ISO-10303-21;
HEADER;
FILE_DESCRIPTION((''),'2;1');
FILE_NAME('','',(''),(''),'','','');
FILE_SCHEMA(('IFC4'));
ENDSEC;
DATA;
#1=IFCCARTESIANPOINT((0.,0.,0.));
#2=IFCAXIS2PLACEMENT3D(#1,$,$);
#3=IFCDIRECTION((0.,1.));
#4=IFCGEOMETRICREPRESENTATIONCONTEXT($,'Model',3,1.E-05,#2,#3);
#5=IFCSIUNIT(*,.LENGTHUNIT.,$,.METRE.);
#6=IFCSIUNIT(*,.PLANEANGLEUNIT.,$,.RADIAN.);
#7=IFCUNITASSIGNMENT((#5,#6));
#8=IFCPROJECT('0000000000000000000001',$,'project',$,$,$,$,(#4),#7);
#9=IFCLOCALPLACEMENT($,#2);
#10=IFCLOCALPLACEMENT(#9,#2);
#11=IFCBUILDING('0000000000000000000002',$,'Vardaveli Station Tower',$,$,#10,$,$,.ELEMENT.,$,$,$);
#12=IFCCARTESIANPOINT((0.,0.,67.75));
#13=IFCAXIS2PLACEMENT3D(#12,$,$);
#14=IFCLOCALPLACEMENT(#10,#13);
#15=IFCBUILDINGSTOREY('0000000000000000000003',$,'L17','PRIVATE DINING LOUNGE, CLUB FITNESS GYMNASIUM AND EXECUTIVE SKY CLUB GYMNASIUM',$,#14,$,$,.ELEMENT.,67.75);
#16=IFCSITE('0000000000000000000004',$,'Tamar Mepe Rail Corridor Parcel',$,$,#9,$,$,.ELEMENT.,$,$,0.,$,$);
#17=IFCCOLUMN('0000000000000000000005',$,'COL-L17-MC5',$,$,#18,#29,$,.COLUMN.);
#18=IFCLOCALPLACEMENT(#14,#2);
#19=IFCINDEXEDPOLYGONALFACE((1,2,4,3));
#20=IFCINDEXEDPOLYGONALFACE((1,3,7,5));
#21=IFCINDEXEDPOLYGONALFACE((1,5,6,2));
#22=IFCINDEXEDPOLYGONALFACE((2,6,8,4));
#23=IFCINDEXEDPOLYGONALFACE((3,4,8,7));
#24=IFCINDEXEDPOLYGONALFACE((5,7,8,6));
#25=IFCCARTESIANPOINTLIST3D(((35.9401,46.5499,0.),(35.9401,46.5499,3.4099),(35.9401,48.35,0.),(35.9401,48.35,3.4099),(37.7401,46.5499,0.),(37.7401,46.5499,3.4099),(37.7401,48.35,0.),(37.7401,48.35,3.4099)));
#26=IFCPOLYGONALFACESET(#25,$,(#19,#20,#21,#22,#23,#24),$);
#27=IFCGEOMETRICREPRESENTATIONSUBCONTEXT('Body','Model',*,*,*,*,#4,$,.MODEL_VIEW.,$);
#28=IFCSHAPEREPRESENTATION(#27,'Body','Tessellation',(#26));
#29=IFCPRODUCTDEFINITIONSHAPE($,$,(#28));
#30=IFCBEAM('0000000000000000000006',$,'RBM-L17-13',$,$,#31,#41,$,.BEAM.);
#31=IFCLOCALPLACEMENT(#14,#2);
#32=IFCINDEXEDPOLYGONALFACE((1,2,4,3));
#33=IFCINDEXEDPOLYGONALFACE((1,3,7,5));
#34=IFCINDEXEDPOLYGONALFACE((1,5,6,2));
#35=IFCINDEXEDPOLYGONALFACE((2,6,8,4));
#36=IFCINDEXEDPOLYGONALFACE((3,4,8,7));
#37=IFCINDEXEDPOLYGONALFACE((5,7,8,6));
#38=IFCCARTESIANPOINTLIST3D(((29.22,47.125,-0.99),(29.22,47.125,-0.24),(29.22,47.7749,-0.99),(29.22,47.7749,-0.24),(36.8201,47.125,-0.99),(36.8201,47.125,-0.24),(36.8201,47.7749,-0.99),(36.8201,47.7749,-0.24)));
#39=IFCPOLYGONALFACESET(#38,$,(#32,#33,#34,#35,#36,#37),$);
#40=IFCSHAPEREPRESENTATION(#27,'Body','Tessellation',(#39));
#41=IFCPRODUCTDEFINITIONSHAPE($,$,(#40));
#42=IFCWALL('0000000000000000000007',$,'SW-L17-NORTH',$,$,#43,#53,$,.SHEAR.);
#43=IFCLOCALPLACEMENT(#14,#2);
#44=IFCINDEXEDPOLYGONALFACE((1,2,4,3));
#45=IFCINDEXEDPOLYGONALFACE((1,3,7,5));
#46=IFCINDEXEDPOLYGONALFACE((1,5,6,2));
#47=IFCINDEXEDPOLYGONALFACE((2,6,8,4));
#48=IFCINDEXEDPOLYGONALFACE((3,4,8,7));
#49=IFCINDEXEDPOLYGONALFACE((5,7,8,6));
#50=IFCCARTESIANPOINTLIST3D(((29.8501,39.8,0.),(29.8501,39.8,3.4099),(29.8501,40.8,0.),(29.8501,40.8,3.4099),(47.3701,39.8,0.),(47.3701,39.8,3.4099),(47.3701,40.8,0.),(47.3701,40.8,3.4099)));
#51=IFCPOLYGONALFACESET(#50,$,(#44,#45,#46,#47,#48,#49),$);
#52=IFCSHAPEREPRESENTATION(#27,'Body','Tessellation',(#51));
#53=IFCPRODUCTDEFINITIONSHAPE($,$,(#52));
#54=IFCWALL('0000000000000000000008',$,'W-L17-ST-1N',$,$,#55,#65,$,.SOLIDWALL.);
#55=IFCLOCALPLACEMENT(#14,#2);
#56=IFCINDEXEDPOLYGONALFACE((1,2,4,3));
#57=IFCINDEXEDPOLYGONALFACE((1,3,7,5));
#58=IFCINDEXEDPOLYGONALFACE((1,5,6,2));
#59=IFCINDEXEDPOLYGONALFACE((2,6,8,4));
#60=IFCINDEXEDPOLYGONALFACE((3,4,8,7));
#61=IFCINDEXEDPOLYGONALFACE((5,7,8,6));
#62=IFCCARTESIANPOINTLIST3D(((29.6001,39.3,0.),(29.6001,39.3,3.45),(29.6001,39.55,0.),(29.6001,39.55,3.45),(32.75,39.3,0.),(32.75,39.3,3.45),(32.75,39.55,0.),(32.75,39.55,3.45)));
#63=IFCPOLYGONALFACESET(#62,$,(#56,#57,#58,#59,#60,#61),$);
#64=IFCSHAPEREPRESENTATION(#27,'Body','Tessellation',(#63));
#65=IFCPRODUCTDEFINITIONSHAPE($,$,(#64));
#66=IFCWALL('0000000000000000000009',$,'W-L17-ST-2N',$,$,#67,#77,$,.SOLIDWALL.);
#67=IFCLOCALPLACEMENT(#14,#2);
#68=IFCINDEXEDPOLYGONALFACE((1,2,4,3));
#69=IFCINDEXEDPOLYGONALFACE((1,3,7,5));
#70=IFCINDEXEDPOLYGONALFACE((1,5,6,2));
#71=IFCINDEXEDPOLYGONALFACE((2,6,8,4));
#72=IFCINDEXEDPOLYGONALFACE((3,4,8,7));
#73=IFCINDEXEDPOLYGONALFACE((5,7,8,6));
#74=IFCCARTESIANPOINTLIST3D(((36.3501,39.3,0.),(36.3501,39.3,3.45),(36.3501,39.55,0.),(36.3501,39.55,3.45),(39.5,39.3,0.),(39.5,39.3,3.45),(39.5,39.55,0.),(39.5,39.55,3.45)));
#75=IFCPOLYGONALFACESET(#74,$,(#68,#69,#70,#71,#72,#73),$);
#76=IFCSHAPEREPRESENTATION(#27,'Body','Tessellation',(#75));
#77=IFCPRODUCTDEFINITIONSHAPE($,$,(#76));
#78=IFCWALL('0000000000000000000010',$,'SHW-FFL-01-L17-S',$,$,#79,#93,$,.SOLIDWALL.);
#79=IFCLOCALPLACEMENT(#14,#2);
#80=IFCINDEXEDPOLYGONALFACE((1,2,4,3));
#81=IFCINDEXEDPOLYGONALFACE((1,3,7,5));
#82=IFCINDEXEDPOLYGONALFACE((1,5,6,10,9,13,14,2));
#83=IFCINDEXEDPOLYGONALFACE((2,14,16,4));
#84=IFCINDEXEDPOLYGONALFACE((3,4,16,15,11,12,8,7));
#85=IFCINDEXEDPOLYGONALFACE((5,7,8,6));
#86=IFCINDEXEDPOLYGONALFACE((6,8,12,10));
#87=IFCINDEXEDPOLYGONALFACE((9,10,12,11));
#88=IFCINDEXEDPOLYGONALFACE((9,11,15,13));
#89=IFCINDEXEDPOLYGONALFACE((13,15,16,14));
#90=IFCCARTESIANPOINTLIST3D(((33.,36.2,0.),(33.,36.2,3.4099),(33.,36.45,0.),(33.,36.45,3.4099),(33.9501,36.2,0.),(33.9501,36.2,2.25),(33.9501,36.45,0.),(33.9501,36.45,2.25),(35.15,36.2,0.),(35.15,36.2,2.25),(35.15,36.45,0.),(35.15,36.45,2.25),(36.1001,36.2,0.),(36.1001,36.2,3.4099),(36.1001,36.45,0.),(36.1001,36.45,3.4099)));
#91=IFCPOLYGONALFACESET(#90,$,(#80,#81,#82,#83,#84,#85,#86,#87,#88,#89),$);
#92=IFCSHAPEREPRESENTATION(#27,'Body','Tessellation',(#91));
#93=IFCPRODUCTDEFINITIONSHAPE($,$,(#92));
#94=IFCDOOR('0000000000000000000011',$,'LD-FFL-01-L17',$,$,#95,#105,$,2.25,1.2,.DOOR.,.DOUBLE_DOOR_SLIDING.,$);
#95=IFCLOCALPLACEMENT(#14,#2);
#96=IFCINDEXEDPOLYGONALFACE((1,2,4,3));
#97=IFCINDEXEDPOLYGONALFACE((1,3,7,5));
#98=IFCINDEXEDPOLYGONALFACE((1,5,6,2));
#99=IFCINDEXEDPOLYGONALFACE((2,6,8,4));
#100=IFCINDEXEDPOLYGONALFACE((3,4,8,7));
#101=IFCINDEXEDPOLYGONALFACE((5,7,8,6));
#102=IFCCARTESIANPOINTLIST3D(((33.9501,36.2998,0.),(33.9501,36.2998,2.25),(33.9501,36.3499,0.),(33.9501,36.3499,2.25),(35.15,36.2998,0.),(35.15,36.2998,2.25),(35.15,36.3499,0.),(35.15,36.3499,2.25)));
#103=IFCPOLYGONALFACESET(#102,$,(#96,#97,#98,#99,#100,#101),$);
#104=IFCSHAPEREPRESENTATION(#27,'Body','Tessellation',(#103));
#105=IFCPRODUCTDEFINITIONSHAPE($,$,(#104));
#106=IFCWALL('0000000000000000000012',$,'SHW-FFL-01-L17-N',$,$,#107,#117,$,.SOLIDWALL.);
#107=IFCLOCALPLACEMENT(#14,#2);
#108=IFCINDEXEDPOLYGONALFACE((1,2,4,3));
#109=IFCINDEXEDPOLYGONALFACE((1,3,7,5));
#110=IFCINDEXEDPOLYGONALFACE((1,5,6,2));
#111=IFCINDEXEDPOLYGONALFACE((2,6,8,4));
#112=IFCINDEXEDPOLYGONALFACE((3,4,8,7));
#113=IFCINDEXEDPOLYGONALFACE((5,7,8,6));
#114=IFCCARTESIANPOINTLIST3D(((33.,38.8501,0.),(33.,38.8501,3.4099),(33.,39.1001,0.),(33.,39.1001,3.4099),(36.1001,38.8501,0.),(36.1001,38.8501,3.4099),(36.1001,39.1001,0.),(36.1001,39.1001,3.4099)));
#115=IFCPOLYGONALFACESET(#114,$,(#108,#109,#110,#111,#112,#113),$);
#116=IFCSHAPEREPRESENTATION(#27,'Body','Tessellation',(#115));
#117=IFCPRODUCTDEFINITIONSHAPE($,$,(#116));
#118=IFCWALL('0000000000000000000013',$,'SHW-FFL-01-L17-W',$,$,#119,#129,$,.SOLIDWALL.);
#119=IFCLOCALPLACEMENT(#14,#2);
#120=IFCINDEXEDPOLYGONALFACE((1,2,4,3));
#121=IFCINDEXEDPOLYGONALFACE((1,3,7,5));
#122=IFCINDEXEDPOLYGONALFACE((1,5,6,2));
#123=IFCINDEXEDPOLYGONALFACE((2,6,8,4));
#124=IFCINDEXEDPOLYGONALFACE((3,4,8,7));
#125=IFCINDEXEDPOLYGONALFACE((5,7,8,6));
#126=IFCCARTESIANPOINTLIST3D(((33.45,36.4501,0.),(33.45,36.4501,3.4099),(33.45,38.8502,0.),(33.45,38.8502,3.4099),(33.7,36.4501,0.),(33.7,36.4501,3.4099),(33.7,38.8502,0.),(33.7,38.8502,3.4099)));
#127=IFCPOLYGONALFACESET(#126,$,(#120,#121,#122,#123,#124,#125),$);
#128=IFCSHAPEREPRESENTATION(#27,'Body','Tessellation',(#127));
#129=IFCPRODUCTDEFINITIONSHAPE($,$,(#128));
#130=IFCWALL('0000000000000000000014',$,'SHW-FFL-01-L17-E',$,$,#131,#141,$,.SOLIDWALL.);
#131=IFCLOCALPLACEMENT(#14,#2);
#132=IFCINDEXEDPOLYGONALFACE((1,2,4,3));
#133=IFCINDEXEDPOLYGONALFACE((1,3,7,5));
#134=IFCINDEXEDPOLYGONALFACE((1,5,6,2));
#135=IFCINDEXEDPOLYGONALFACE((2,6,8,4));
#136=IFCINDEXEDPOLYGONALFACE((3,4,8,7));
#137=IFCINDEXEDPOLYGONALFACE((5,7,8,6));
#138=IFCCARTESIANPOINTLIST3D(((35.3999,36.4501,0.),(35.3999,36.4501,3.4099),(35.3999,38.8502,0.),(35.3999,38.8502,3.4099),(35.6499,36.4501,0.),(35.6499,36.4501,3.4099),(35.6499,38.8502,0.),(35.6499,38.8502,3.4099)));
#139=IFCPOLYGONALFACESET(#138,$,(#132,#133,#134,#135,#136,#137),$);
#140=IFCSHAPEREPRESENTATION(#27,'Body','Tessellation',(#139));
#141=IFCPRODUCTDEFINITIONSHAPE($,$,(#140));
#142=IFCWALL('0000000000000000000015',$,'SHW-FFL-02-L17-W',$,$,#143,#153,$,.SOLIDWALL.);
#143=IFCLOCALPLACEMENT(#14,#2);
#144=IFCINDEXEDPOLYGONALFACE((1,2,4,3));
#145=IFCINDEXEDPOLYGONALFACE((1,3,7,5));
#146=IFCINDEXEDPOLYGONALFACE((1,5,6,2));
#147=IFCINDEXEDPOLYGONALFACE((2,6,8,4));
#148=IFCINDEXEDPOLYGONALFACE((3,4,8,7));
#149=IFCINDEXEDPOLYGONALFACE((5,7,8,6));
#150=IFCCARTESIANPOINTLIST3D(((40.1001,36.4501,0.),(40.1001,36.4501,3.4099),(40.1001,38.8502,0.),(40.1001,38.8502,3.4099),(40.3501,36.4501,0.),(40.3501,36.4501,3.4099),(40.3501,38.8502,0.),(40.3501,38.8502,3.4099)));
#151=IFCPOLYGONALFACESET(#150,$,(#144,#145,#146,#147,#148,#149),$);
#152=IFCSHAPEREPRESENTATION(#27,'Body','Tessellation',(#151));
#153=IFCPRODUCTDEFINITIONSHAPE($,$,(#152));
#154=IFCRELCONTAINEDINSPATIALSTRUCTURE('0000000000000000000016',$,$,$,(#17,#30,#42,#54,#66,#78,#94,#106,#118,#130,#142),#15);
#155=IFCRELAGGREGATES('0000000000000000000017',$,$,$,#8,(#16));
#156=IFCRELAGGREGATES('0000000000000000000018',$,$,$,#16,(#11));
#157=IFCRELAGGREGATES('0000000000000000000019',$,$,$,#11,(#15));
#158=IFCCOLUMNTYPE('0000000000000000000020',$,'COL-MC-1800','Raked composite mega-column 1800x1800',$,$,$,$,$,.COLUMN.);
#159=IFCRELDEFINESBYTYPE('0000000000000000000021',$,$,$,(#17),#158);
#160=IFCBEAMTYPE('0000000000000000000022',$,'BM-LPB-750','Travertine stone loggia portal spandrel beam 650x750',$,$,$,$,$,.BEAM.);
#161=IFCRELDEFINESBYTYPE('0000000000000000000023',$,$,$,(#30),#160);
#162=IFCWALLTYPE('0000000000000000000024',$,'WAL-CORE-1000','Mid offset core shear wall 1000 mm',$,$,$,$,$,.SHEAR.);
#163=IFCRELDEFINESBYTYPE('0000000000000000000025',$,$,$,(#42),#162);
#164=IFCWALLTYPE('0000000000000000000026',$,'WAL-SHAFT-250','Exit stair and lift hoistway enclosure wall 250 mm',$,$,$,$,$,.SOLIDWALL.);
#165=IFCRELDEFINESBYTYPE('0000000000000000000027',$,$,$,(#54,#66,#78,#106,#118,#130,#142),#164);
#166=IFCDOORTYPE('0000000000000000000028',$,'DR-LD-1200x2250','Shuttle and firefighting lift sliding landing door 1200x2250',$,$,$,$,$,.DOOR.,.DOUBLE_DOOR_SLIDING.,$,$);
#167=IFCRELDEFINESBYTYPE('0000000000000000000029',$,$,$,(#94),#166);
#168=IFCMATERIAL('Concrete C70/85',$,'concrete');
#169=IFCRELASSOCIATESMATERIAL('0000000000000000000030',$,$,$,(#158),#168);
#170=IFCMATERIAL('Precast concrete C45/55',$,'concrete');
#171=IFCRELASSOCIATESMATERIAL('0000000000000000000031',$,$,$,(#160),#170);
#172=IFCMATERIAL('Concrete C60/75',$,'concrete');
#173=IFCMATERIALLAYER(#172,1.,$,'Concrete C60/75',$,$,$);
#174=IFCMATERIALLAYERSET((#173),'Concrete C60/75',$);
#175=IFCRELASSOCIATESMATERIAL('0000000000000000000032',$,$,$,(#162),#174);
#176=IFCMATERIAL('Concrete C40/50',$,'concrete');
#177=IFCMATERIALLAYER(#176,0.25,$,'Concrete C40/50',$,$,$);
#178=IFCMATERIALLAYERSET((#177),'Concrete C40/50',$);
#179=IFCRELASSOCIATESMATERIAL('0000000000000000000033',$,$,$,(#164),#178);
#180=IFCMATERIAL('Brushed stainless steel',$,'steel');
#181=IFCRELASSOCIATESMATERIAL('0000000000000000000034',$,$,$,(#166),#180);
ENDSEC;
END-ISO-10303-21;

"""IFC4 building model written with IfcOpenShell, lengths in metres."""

from ifc_helpers import new_model, si_unit, direction, frame, frame_2d, origin, origin_2d, place, context, subcontext, project, spatial, rectangle, extrude, source, transform, mapped, material, layer, layer_set, material_profile, profile_set, type_object, element, fill, save


model = new_model("IFC4")

# Units and contexts
model_context = context("Model", 3, precision=1e-05, world=origin(), true_north=direction((0.0, 1.0)))
body_context = subcontext(model_context, "Body", "Model", "MODEL_VIEW")
ifc_project = project(units=[si_unit("LENGTHUNIT", "METRE"), si_unit("PLANEANGLEUNIT", "RADIAN")], contexts=[model_context])

# Site, building, storey
site_placement = place(None, origin())
site = spatial("IfcSite", under=ifc_project, at=site_placement, Name="Tamar Mepe Rail Corridor Parcel", CompositionType="ELEMENT", RefElevation=0.0)
building_placement = place(site_placement, origin())
building = spatial("IfcBuilding", under=site, at=building_placement, Name="Vardaveli Station Tower", CompositionType="ELEMENT")
storey_placement = place(building_placement, frame((0.0, 0.0, 67.75)))
storey = spatial("IfcBuildingStorey", under=building, at=storey_placement, Name="L17", Description="PRIVATE DINING LOUNGE, CLUB FITNESS GYMNASIUM AND EXECUTIVE SKY CLUB GYMNASIUM", CompositionType="ELEMENT", Elevation=67.75)

# Column
ifc_material_1 = material(Name="Concrete C70/85", Category="concrete")
ifc_material_profile_1 = material_profile(ifc_material_1, rectangle(XDim=1.8, YDim=1.8, at=origin_2d()), Name="MC 1800x1800")
ifc_profile_set_1 = profile_set([ifc_material_profile_1], Name="Concrete C70/85")
column_type = type_object("IfcColumnType", Name="COL-MC-1800", Description="Raked composite mega-column 1800x1800", PredefinedType="COLUMN", material=ifc_profile_set_1)
shared_shape_1 = source(origin(), body_context, "Body", "SweptSolid", [
    extrude(rectangle(XDim=1.8, YDim=1.8, at=origin_2d()), origin(), (0.0, 0.0, 1.0), 3.4099),
])
column_placement = place(storey_placement, frame((36.8401, 47.45, 0.0), z_axis=(0.0, 0.0, 1.0), x_axis=(1.0, 0.0, 0.0)))
element("IfcColumn", 1, at=column_placement, inside=storey, type_object=column_type, Name="COL-L17-MC5", PredefinedType="COLUMN", context=body_context, shape_type="MappedRepresentation", body=[
    mapped(shared_shape_1, transform((0.0, 0.0, 0.0), scale=1.0)),
])

# Beam
ifc_material_2 = material(Name="Precast concrete C45/55", Category="concrete")
ifc_material_profile_2 = material_profile(ifc_material_2, rectangle(XDim=0.6499, YDim=0.75, at=origin_2d()), Name="LPB 650x750")
ifc_profile_set_2 = profile_set([ifc_material_profile_2], Name="Precast concrete C45/55")
beam_type = type_object("IfcBeamType", Name="BM-LPB-750", Description="Travertine stone loggia portal spandrel beam 650x750", PredefinedType="BEAM", material=ifc_profile_set_2)
shared_shape_2 = source(origin(), body_context, "Body", "SweptSolid", [
    extrude(rectangle(XDim=0.6499, YDim=0.75, at=origin_2d()), origin(), (0.0, 0.0, 1.0), 7.6001),
])
beam_placement = place(storey_placement, frame((36.8201, 47.45, -0.615), z_axis=(-1.0, 0.0, 0.0), x_axis=(0.0, -1.0, 0.0)))
element("IfcBeam", 2, at=beam_placement, inside=storey, type_object=beam_type, Name="RBM-L17-13", PredefinedType="BEAM", context=body_context, shape_type="MappedRepresentation", body=[
    mapped(shared_shape_2, transform((0.0, 0.0, 0.0), scale=1.0)),
])

# Walls
ifc_material_3 = material(Name="Concrete C60/75", Category="concrete")
ifc_layer_1 = layer(ifc_material_3, 1.0, Name="Concrete C60/75")
ifc_layer_set_1 = layer_set([ifc_layer_1], Name="Concrete C60/75")
wall_type_1 = type_object("IfcWallType", Name="WAL-CORE-1000", Description="Mid offset core shear wall 1000 mm", PredefinedType="SHEAR", material=ifc_layer_set_1)
shared_shape_3 = source(origin(), body_context, "Body", "SweptSolid", [
    extrude(rectangle(XDim=17.52, YDim=1.0, at=frame_2d((8.76, 0.0))), origin(), (0.0, 0.0, 1.0), 3.4099),
])
wall_1_placement = place(storey_placement, frame((29.8501, 40.3, 0.0), z_axis=(0.0, 0.0, 1.0), x_axis=(1.0, 0.0, 0.0)))
element("IfcWall", 3, at=wall_1_placement, inside=storey, type_object=wall_type_1, Name="SW-L17-NORTH", PredefinedType="SHEAR", context=body_context, shape_type="MappedRepresentation", body=[
    mapped(shared_shape_3, transform((0.0, 0.0, 0.0), scale=1.0)),
])
ifc_material_4 = material(Name="Concrete C40/50", Category="concrete")
ifc_layer_2 = layer(ifc_material_4, 0.25, Name="Concrete C40/50")
ifc_layer_set_2 = layer_set([ifc_layer_2], Name="Concrete C40/50")
wall_type_2 = type_object("IfcWallType", Name="WAL-SHAFT-250", Description="Exit stair and lift hoistway enclosure wall 250 mm", PredefinedType="SOLIDWALL", material=ifc_layer_set_2)
shared_shape_4 = source(origin(), body_context, "Body", "SweptSolid", [
    extrude(rectangle(XDim=3.1499, YDim=0.25, at=frame_2d((1.575, 0.0))), origin(), (0.0, 0.0, 1.0), 3.45),
])
for number, where, z_axis, x_axis, name in (
    (4, (29.6001, 39.425, 0.0), (0.0, 0.0, 1.0), (1.0, 0.0, 0.0), "W-L17-ST-1N"),
    (5, (36.3501, 39.425, 0.0), (0.0, 0.0, 1.0), (1.0, 0.0, 0.0), "W-L17-ST-2N"),
):
    element("IfcWall", number, at=place(storey_placement, frame(where, z_axis=z_axis, x_axis=x_axis)), inside=storey, type_object=wall_type_2, Name=name, PredefinedType="SOLIDWALL", context=body_context, shape_type="MappedRepresentation", body=[
        mapped(shared_shape_4, transform((0.0, 0.0, 0.0), scale=1.0)),
    ])

# Wall, opening, door
shared_shape_5 = source(origin(), body_context, "Body", "SweptSolid", [
    extrude(rectangle(XDim=3.1001, YDim=0.25, at=frame_2d((1.55, 0.0))), origin(), (0.0, 0.0, 1.0), 3.4099),
])
wall_2_placement = place(storey_placement, frame((33.0, 36.325, 0.0), z_axis=(0.0, 0.0, 1.0), x_axis=(1.0, 0.0, 0.0)))
wall_2 = element("IfcWall", 6, at=wall_2_placement, inside=storey, type_object=wall_type_2, Name="SHW-FFL-01-L17-S", PredefinedType="SOLIDWALL", context=body_context, shape_type="MappedRepresentation", body=[
    mapped(shared_shape_5, transform((0.0, 0.0, 0.0), scale=1.0)),
])
shared_shape_6 = source(origin(), body_context, "Body", "SweptSolid", [
    extrude(rectangle(XDim=1.2, YDim=2.25, at=frame_2d((0.6001, 1.125))), frame((0.0, 0.135, 0.0), z_axis=(0.0, -1.0, 0.0), x_axis=(1.0, 0.0, 0.0)), (0.0, 0.0, 1.0), 0.27),
])
opening_1_placement = place(wall_2_placement, frame((0.95, 0.0, 0.0)))
opening_1 = element("IfcOpeningElement", 7, at=opening_1_placement, cuts=wall_2, PredefinedType="OPENING", context=body_context, shape_type="MappedRepresentation", body=[
    mapped(shared_shape_6, transform((0.0, 0.0, 0.0), scale=1.0)),
])
ifc_material_5 = material(Name="Brushed stainless steel", Category="steel")
door_type = type_object("IfcDoorType", Name="DR-LD-1200x2250", Description="Shuttle and firefighting lift sliding landing door 1200x2250", OperationType="DOUBLE_DOOR_SLIDING", PredefinedType="DOOR", material=ifc_material_5)
shared_shape_7 = source(origin(), body_context, "Body", "SweptSolid", [
    extrude(rectangle(XDim=1.2, YDim=2.25, at=frame_2d((0.6001, 1.125))), frame((0.0, 0.0249, 0.0), z_axis=(0.0, -1.0, 0.0), x_axis=(1.0, 0.0, 0.0)), (0.0, 0.0, 1.0), 0.05),
])
door_1_placement = place(opening_1_placement, origin())
door_1 = element("IfcDoor", 8, at=door_1_placement, inside=storey, type_object=door_type, Name="LD-FFL-01-L17", OperationType="DOUBLE_DOOR_SLIDING", OverallHeight=2.25, OverallWidth=1.2, PredefinedType="DOOR", context=body_context, shape_type="MappedRepresentation", body=[
    mapped(shared_shape_7, transform((0.0, 0.0, 0.0), scale=1.0)),
])
fill(opening_1, door_1)

# Walls
wall_3_placement = place(storey_placement, frame((33.0, 38.9751, 0.0), z_axis=(0.0, 0.0, 1.0), x_axis=(1.0, 0.0, 0.0)))
element("IfcWall", 9, at=wall_3_placement, inside=storey, type_object=wall_type_2, Name="SHW-FFL-01-L17-N", PredefinedType="SOLIDWALL", context=body_context, shape_type="MappedRepresentation", body=[
    mapped(shared_shape_5, transform((0.0, 0.0, 0.0), scale=1.0)),
])
shared_shape_8 = source(origin(), body_context, "Body", "SweptSolid", [
    extrude(rectangle(XDim=2.4001, YDim=0.25, at=frame_2d((1.2002, 0.0))), origin(), (0.0, 0.0, 1.0), 3.4099),
])
for number, where, z_axis, x_axis, name in (
    (10, (33.575, 36.45, 0.0), (0.0, 0.0, 1.0), (0.0, 1.0, 0.0), "SHW-FFL-01-L17-W"),
    (11, (35.5249, 36.45, 0.0), (0.0, 0.0, 1.0), (0.0, 1.0, 0.0), "SHW-FFL-01-L17-E"),
    (12, (40.2251, 36.45, 0.0), (0.0, 0.0, 1.0), (0.0, 1.0, 0.0), "SHW-FFL-02-L17-W"),
):
    element("IfcWall", number, at=place(storey_placement, frame(where, z_axis=z_axis, x_axis=x_axis)), inside=storey, type_object=wall_type_2, Name=name, PredefinedType="SOLIDWALL", context=body_context, shape_type="MappedRepresentation", body=[
        mapped(shared_shape_8, transform((0.0, 0.0, 0.0), scale=1.0)),
    ])

save(model, "model.ifc")
